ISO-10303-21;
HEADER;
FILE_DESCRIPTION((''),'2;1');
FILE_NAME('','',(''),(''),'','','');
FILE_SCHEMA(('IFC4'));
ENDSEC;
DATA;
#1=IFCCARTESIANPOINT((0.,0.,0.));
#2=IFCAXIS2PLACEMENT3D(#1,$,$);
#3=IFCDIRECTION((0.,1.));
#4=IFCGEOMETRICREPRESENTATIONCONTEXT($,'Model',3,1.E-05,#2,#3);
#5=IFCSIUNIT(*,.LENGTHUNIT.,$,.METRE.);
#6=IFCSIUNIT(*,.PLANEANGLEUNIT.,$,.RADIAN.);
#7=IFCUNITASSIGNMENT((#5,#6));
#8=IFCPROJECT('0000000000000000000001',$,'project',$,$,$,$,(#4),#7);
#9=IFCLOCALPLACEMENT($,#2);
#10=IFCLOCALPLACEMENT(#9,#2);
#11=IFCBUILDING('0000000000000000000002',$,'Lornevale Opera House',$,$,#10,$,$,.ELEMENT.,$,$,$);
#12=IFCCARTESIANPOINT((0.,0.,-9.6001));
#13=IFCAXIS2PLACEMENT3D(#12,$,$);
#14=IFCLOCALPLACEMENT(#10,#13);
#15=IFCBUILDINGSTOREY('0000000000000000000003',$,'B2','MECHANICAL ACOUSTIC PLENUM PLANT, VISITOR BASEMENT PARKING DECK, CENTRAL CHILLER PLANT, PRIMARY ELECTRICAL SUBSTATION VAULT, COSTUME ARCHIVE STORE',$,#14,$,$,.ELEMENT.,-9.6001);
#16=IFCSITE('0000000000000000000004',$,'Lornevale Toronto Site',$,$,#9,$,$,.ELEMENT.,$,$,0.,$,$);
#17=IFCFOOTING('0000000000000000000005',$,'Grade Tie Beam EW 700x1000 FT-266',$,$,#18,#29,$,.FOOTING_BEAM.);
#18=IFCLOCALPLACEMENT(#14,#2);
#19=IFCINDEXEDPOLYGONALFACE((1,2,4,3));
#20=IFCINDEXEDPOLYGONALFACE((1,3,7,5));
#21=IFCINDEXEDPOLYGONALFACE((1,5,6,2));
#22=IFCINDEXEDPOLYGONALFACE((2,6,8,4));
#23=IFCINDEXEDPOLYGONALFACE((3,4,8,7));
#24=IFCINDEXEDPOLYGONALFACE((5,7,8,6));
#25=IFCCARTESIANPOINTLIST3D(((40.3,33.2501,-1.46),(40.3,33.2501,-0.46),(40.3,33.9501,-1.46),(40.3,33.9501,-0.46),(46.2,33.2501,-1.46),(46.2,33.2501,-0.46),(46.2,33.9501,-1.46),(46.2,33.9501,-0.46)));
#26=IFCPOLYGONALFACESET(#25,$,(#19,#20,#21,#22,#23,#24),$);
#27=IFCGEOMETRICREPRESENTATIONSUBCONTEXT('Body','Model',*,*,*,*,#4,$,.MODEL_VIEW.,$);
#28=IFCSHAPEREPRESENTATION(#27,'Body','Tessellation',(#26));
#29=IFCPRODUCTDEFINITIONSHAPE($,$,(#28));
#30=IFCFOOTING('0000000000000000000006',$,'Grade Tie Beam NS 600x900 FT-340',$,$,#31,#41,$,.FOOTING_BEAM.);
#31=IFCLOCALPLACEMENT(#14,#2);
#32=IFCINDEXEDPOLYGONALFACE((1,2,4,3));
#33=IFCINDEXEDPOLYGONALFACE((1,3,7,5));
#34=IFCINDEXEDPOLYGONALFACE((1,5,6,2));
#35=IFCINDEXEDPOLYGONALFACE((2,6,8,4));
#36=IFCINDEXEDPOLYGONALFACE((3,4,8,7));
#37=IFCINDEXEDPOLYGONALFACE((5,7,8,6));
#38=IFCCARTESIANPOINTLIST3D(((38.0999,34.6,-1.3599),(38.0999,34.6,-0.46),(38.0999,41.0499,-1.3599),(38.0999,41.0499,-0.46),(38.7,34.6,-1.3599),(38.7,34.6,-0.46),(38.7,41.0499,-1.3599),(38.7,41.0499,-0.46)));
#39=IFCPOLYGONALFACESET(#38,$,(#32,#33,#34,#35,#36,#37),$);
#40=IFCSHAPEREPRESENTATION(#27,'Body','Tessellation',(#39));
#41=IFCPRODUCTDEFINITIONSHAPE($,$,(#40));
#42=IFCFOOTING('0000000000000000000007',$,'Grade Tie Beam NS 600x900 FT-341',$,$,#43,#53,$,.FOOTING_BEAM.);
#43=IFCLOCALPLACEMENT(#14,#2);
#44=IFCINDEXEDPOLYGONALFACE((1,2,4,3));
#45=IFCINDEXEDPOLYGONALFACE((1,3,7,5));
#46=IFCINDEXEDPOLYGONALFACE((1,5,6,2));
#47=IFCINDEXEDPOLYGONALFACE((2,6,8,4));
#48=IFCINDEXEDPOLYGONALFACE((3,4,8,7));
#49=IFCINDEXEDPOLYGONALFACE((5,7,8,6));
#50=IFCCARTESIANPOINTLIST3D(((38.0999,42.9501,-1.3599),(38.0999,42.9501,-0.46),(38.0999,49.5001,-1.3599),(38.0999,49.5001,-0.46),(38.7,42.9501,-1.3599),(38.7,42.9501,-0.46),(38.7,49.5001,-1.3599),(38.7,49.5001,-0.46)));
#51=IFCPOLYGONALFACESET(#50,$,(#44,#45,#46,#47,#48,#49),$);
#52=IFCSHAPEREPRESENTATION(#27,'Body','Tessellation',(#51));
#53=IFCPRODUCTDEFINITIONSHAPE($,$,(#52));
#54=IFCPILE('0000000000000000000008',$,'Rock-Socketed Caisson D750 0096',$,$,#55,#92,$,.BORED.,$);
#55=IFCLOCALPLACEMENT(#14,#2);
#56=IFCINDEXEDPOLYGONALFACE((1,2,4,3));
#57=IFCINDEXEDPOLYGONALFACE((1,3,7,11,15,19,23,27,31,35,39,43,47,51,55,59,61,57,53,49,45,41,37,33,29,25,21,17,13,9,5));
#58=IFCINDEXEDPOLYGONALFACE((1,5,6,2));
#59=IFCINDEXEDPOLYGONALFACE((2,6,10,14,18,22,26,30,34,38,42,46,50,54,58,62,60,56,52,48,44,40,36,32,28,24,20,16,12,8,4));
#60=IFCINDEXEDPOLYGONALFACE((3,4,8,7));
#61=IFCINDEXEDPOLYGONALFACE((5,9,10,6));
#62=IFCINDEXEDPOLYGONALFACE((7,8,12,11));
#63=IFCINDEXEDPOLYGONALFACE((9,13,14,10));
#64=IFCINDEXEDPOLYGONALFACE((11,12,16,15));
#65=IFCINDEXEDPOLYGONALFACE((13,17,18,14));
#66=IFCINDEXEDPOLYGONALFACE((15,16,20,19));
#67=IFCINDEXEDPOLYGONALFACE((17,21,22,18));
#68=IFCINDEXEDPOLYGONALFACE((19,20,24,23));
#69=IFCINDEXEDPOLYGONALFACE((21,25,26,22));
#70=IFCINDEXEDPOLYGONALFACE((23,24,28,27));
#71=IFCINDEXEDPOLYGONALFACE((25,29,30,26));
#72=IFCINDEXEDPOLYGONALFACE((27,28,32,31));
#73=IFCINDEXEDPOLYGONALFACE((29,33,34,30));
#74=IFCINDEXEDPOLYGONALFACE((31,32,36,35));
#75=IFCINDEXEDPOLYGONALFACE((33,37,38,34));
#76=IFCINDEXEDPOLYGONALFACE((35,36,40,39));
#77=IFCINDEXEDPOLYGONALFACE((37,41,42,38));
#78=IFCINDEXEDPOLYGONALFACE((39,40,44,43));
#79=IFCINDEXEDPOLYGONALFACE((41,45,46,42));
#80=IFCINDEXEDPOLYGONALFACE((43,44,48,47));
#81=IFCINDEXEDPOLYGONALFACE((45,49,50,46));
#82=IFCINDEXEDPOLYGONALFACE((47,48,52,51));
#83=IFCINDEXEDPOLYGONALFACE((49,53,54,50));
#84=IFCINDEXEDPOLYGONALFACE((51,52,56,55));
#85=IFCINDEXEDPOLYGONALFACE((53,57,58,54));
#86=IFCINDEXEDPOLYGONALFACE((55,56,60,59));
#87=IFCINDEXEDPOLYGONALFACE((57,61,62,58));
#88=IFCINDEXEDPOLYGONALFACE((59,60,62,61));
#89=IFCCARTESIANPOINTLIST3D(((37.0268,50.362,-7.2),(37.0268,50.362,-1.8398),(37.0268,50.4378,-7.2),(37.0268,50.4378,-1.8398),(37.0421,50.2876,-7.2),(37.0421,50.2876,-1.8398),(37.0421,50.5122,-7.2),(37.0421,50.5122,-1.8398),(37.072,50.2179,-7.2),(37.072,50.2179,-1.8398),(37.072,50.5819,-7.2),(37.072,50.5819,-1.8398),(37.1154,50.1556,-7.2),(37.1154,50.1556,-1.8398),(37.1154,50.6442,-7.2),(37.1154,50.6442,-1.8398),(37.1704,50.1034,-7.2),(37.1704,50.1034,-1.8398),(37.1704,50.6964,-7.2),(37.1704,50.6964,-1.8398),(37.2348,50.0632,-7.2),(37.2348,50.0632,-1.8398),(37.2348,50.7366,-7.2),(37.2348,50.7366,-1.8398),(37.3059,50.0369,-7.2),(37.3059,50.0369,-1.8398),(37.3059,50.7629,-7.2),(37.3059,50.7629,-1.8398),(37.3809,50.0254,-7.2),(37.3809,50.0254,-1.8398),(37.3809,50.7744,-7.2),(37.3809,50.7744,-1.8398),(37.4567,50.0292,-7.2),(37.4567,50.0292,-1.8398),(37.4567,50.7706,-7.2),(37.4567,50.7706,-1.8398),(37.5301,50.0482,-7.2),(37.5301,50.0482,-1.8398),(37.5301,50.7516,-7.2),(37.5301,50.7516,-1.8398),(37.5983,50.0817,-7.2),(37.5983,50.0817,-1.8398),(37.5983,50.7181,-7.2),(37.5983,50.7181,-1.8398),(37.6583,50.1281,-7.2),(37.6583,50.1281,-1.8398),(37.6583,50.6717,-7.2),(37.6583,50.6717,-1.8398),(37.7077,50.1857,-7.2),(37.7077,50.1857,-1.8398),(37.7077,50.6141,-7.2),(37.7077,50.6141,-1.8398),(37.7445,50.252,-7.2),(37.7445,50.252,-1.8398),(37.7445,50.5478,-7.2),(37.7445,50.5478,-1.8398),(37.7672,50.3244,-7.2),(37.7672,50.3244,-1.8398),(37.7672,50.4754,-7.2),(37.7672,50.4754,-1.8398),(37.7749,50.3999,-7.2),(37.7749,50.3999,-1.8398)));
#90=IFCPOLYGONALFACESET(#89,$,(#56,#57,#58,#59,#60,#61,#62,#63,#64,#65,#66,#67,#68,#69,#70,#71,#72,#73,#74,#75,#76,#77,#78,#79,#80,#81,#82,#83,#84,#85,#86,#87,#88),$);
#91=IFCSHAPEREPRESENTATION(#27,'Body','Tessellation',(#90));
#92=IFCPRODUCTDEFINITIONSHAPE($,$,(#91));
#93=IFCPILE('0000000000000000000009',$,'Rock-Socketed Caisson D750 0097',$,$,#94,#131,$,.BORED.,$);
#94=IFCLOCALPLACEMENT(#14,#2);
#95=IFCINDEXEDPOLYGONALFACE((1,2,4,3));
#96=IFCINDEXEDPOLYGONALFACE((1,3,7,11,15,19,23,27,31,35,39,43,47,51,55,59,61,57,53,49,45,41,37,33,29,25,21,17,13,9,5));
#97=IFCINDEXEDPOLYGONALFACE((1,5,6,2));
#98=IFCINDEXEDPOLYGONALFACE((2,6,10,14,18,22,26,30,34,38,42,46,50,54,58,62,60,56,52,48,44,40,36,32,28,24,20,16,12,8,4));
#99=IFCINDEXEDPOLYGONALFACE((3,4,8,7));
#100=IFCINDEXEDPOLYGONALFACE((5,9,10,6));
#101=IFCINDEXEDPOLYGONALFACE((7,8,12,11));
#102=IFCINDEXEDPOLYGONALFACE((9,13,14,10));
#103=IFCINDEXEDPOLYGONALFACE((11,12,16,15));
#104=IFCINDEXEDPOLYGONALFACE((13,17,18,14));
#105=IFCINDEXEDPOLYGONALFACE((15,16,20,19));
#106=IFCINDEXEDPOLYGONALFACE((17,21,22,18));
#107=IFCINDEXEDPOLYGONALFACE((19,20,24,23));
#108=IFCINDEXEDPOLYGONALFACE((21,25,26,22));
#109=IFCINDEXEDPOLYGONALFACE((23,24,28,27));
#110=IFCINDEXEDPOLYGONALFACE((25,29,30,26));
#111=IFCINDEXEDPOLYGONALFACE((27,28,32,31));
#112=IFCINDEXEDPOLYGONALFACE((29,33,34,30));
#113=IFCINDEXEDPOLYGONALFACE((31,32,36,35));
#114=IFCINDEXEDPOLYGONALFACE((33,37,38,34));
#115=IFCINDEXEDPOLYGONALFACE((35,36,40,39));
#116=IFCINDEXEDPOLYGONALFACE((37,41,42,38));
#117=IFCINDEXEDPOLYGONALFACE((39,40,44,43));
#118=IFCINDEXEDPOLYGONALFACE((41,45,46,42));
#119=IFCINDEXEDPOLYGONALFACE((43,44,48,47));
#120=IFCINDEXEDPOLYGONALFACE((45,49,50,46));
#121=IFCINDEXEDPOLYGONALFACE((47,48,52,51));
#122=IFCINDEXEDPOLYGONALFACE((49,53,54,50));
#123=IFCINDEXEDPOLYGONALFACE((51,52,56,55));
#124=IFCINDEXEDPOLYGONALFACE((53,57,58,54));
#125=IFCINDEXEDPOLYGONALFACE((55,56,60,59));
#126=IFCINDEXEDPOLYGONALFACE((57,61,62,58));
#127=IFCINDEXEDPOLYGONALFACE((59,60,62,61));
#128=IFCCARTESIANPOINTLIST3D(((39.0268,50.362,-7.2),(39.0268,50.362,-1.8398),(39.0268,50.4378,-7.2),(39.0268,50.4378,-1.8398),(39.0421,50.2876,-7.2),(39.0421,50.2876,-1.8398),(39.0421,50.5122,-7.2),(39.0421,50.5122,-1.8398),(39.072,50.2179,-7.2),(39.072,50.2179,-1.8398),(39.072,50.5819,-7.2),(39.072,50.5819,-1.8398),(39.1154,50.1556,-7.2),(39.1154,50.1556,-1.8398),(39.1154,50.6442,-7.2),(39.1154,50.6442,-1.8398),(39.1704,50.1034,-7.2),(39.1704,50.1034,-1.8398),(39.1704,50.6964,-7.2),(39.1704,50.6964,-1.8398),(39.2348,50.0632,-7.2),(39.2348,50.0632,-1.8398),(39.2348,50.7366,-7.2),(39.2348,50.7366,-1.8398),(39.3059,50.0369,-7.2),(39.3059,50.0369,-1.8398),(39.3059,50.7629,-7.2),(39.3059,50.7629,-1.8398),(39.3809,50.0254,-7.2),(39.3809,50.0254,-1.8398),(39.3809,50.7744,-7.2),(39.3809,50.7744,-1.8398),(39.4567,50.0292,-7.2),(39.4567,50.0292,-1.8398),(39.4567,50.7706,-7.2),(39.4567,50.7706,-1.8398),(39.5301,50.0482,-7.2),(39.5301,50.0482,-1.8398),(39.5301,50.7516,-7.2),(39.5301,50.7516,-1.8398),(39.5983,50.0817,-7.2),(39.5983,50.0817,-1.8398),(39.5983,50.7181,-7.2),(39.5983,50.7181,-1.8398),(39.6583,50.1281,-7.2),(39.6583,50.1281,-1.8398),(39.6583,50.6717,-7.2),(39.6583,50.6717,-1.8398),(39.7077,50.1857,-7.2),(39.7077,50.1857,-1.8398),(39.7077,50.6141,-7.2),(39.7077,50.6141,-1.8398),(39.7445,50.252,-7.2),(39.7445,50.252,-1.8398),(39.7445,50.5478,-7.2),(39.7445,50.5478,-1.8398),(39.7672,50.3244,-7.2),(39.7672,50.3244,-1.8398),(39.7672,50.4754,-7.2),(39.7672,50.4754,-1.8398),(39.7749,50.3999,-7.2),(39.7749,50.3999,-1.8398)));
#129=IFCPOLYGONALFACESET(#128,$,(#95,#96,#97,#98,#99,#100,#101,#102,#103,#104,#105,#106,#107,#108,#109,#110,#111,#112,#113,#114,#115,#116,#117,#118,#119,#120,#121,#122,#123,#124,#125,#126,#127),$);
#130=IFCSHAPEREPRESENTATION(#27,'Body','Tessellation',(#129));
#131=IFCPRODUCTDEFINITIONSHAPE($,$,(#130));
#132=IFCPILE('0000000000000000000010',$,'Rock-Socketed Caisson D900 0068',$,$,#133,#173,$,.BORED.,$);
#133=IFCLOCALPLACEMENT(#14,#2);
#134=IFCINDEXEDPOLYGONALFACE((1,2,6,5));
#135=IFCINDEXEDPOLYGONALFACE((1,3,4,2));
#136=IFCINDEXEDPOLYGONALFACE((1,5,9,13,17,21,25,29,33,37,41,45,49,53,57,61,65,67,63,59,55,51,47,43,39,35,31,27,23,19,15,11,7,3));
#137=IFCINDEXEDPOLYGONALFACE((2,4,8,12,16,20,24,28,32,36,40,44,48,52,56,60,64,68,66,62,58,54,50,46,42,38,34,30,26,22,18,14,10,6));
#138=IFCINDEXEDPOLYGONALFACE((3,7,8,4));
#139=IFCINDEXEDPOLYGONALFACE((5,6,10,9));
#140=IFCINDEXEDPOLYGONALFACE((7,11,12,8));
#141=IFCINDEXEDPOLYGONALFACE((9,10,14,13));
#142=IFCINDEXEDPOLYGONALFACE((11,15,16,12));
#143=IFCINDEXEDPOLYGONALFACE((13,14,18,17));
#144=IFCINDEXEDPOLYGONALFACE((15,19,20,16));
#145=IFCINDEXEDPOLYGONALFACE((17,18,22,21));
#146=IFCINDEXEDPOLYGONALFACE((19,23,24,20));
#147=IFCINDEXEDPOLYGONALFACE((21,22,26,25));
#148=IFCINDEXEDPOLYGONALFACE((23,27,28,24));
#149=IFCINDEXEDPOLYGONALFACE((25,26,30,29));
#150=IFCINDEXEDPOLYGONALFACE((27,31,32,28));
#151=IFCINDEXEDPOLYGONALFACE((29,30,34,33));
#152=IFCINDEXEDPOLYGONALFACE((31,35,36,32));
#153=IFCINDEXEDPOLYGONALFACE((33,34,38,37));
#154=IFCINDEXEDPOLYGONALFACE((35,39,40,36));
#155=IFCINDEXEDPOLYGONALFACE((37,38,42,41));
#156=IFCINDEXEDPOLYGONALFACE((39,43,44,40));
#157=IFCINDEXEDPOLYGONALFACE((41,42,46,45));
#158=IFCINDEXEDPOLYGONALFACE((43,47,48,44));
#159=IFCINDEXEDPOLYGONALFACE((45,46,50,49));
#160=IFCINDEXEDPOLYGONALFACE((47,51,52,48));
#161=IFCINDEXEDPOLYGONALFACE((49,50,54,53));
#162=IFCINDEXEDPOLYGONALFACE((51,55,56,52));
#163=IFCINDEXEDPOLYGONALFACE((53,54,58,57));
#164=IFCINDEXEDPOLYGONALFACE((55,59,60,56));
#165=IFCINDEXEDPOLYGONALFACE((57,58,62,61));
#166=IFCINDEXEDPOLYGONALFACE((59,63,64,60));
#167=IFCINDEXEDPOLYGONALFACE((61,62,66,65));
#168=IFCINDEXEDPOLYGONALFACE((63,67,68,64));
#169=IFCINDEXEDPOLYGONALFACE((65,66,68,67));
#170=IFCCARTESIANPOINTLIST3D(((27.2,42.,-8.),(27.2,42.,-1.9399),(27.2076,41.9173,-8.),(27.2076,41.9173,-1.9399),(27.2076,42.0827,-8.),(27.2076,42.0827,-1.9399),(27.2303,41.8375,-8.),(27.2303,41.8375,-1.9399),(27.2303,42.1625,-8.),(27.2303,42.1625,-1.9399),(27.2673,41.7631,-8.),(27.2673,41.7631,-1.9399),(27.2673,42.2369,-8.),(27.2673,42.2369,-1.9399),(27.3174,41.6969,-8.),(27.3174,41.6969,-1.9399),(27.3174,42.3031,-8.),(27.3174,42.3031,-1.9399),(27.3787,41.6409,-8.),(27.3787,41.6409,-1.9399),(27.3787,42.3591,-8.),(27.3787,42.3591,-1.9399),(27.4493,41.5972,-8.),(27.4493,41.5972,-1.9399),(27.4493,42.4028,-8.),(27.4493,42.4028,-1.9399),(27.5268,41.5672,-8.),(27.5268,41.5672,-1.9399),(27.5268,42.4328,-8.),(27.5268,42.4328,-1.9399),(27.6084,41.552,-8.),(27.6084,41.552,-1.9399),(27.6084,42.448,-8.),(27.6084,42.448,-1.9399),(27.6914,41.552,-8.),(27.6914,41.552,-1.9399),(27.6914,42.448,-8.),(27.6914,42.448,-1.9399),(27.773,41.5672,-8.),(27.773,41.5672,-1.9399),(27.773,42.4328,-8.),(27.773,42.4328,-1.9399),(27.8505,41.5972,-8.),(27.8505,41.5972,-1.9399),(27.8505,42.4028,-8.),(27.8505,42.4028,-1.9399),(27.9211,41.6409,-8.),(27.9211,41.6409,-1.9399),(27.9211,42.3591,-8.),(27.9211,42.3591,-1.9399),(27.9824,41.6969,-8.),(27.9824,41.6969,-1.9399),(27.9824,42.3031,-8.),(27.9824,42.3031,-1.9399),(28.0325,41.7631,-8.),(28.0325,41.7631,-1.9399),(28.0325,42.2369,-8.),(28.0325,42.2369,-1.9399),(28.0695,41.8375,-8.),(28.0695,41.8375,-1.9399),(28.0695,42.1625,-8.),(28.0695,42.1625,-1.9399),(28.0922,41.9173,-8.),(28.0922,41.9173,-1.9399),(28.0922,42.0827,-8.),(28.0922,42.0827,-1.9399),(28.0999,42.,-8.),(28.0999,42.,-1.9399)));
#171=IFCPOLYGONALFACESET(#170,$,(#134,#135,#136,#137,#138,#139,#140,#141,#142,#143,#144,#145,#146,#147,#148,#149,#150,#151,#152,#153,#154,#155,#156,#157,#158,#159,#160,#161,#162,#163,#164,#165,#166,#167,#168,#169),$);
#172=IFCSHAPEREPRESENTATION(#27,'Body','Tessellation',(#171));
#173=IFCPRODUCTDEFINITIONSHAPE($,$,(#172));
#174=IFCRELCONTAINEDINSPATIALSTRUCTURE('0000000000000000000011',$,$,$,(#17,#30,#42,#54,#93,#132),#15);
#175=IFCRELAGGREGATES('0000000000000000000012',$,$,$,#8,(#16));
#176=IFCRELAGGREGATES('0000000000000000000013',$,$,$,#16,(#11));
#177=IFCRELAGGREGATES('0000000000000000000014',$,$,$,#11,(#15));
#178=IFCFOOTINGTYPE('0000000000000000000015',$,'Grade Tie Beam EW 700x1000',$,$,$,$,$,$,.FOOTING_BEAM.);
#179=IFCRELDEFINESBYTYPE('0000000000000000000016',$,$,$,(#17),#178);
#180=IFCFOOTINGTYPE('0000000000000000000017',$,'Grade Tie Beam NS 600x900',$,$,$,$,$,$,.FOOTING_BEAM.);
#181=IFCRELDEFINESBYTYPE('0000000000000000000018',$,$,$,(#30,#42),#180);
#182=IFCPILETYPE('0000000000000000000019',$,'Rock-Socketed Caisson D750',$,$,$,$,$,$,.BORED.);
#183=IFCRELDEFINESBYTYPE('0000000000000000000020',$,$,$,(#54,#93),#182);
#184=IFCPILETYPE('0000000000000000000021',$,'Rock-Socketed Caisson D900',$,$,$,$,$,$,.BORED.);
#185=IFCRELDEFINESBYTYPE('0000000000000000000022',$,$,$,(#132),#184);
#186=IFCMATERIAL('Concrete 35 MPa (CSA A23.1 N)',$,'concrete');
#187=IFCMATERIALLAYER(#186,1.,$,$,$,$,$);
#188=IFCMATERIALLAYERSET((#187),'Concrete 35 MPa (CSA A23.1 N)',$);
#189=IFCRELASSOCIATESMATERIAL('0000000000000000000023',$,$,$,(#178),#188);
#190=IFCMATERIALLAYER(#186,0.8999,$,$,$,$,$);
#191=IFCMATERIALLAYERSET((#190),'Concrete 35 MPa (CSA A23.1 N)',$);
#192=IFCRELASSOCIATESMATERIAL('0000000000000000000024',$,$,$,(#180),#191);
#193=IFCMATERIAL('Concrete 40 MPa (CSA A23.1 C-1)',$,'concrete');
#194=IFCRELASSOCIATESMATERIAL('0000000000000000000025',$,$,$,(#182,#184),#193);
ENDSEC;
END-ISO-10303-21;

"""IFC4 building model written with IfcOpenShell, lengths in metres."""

from ifc_helpers import new_model, si_unit, direction, frame, origin, origin_2d, place, context, subcontext, project, spatial, rectangle, circle, extrude, material, layer, layer_set, material_profile, profile_set, type_object, element, save


model = new_model("IFC4")

# Units and contexts
model_context = context("Model", 3, precision=1e-05, world=origin(), true_north=direction((0.0, 1.0)))
body_context = subcontext(model_context, "Body", "Model", "MODEL_VIEW")
ifc_project = project(units=[si_unit("LENGTHUNIT", "METRE"), si_unit("PLANEANGLEUNIT", "RADIAN")], contexts=[model_context])

# Site, building, storey
site_placement = place(None, origin())
site = spatial("IfcSite", under=ifc_project, at=site_placement, Name="Lornevale Toronto Site", CompositionType="ELEMENT", RefElevation=0.0)
building_placement = place(site_placement, origin())
building = spatial("IfcBuilding", under=site, at=building_placement, Name="Lornevale Opera House", CompositionType="ELEMENT")
storey_placement = place(building_placement, frame((0.0, 0.0, -9.6001)))
storey = spatial("IfcBuildingStorey", under=building, at=storey_placement, Name="B2", Description="MECHANICAL ACOUSTIC PLENUM PLANT, VISITOR BASEMENT PARKING DECK, CENTRAL CHILLER PLANT, PRIMARY ELECTRICAL SUBSTATION VAULT, COSTUME ARCHIVE STORE", CompositionType="ELEMENT", Elevation=-9.6001)

# Footings
ifc_material_1 = material(Name="Concrete 35 MPa (CSA A23.1 N)", Category="concrete")
ifc_layer_1 = layer(ifc_material_1, 1.0)
ifc_layer_set_1 = layer_set([ifc_layer_1], Name="Concrete 35 MPa (CSA A23.1 N)")
footing_type_1 = type_object("IfcFootingType", Name="Grade Tie Beam EW 700x1000", PredefinedType="FOOTING_BEAM", material=ifc_layer_set_1)
footing_1_placement = place(storey_placement, frame((43.25, 33.6001, -1.46), z_axis=(0.0, 0.0, 1.0), x_axis=(1.0, 0.0, 0.0)))
element("IfcFooting", 1, at=footing_1_placement, inside=storey, type_object=footing_type_1, Name="Grade Tie Beam EW 700x1000 FT-266", PredefinedType="FOOTING_BEAM", context=body_context, shape_type="SweptSolid", body=[
    extrude(rectangle(XDim=5.8999, YDim=0.7, at=origin_2d()), origin(), (0.0, 0.0, 1.0), 1.0),
])
ifc_layer_2 = layer(ifc_material_1, 0.8999)
ifc_layer_set_2 = layer_set([ifc_layer_2], Name="Concrete 35 MPa (CSA A23.1 N)")
footing_type_2 = type_object("IfcFootingType", Name="Grade Tie Beam NS 600x900", PredefinedType="FOOTING_BEAM", material=ifc_layer_set_2)
footing_2_placement = place(storey_placement, frame((38.3999, 37.825, -1.3599), z_axis=(0.0, 0.0, 1.0), x_axis=(1.0, 0.0, 0.0)))
element("IfcFooting", 2, at=footing_2_placement, inside=storey, type_object=footing_type_2, Name="Grade Tie Beam NS 600x900 FT-340", PredefinedType="FOOTING_BEAM", context=body_context, shape_type="SweptSolid", body=[
    extrude(rectangle(XDim=0.6001, YDim=6.45, at=origin_2d()), origin(), (0.0, 0.0, 1.0), 0.8999),
])
footing_3_placement = place(storey_placement, frame((38.3999, 46.2251, -1.3599), z_axis=(0.0, 0.0, 1.0), x_axis=(1.0, 0.0, 0.0)))
element("IfcFooting", 3, at=footing_3_placement, inside=storey, type_object=footing_type_2, Name="Grade Tie Beam NS 600x900 FT-341", PredefinedType="FOOTING_BEAM", context=body_context, shape_type="SweptSolid", body=[
    extrude(rectangle(XDim=0.6001, YDim=6.55, at=origin_2d()), origin(), (0.0, 0.0, 1.0), 0.8999),
])

# Piles
ifc_material_2 = material(Name="Concrete 40 MPa (CSA A23.1 C-1)", Category="concrete")
ifc_material_profile_1 = material_profile(ifc_material_2, circle(Radius=0.375, at=origin_2d()), Name="CAIS750")
ifc_profile_set_1 = profile_set([ifc_material_profile_1], Name="Concrete 40 MPa (CSA A23.1 C-1)")
pile_type_1 = type_object("IfcPileType", Name="Rock-Socketed Caisson D750", PredefinedType="BORED", material=ifc_profile_set_1)
for number, where, z_axis, x_axis, name in (
    (4, (37.3999, 50.3999, -1.8398), (0.0, 0.0, -1.0), (1.0, 0.0, 0.0), "Rock-Socketed Caisson D750 0096"),
    (5, (39.3999, 50.3999, -1.8398), (0.0, 0.0, -1.0), (1.0, 0.0, 0.0), "Rock-Socketed Caisson D750 0097"),
):
    element("IfcPile", number, at=place(storey_placement, frame(where, z_axis=z_axis, x_axis=x_axis)), inside=storey, type_object=pile_type_1, Name=name, PredefinedType="BORED", context=body_context, shape_type="SweptSolid", body=[
        extrude(circle(Radius=0.375, at=origin_2d()), origin(), (0.0, 0.0, 1.0), 5.3601),
    ])
ifc_material_profile_2 = material_profile(ifc_material_2, circle(Radius=0.45, at=origin_2d()), Name="CAIS900")
ifc_profile_set_2 = profile_set([ifc_material_profile_2], Name="Concrete 40 MPa (CSA A23.1 C-1)")
pile_type_2 = type_object("IfcPileType", Name="Rock-Socketed Caisson D900", PredefinedType="BORED", material=ifc_profile_set_2)
for number, where, z_axis, x_axis, name in (
    (6, (27.6499, 42.0, -1.9399), (0.0, 0.0, -1.0), (1.0, 0.0, 0.0), "Rock-Socketed Caisson D900 0068"),
):
    element("IfcPile", number, at=place(storey_placement, frame(where, z_axis=z_axis, x_axis=x_axis)), inside=storey, type_object=pile_type_2, Name=name, PredefinedType="BORED", context=body_context, shape_type="SweptSolid", body=[
        extrude(circle(Radius=0.45, at=origin_2d()), origin(), (0.0, 0.0, 1.0), 6.0601),
    ])

save(model, "model.ifc")
